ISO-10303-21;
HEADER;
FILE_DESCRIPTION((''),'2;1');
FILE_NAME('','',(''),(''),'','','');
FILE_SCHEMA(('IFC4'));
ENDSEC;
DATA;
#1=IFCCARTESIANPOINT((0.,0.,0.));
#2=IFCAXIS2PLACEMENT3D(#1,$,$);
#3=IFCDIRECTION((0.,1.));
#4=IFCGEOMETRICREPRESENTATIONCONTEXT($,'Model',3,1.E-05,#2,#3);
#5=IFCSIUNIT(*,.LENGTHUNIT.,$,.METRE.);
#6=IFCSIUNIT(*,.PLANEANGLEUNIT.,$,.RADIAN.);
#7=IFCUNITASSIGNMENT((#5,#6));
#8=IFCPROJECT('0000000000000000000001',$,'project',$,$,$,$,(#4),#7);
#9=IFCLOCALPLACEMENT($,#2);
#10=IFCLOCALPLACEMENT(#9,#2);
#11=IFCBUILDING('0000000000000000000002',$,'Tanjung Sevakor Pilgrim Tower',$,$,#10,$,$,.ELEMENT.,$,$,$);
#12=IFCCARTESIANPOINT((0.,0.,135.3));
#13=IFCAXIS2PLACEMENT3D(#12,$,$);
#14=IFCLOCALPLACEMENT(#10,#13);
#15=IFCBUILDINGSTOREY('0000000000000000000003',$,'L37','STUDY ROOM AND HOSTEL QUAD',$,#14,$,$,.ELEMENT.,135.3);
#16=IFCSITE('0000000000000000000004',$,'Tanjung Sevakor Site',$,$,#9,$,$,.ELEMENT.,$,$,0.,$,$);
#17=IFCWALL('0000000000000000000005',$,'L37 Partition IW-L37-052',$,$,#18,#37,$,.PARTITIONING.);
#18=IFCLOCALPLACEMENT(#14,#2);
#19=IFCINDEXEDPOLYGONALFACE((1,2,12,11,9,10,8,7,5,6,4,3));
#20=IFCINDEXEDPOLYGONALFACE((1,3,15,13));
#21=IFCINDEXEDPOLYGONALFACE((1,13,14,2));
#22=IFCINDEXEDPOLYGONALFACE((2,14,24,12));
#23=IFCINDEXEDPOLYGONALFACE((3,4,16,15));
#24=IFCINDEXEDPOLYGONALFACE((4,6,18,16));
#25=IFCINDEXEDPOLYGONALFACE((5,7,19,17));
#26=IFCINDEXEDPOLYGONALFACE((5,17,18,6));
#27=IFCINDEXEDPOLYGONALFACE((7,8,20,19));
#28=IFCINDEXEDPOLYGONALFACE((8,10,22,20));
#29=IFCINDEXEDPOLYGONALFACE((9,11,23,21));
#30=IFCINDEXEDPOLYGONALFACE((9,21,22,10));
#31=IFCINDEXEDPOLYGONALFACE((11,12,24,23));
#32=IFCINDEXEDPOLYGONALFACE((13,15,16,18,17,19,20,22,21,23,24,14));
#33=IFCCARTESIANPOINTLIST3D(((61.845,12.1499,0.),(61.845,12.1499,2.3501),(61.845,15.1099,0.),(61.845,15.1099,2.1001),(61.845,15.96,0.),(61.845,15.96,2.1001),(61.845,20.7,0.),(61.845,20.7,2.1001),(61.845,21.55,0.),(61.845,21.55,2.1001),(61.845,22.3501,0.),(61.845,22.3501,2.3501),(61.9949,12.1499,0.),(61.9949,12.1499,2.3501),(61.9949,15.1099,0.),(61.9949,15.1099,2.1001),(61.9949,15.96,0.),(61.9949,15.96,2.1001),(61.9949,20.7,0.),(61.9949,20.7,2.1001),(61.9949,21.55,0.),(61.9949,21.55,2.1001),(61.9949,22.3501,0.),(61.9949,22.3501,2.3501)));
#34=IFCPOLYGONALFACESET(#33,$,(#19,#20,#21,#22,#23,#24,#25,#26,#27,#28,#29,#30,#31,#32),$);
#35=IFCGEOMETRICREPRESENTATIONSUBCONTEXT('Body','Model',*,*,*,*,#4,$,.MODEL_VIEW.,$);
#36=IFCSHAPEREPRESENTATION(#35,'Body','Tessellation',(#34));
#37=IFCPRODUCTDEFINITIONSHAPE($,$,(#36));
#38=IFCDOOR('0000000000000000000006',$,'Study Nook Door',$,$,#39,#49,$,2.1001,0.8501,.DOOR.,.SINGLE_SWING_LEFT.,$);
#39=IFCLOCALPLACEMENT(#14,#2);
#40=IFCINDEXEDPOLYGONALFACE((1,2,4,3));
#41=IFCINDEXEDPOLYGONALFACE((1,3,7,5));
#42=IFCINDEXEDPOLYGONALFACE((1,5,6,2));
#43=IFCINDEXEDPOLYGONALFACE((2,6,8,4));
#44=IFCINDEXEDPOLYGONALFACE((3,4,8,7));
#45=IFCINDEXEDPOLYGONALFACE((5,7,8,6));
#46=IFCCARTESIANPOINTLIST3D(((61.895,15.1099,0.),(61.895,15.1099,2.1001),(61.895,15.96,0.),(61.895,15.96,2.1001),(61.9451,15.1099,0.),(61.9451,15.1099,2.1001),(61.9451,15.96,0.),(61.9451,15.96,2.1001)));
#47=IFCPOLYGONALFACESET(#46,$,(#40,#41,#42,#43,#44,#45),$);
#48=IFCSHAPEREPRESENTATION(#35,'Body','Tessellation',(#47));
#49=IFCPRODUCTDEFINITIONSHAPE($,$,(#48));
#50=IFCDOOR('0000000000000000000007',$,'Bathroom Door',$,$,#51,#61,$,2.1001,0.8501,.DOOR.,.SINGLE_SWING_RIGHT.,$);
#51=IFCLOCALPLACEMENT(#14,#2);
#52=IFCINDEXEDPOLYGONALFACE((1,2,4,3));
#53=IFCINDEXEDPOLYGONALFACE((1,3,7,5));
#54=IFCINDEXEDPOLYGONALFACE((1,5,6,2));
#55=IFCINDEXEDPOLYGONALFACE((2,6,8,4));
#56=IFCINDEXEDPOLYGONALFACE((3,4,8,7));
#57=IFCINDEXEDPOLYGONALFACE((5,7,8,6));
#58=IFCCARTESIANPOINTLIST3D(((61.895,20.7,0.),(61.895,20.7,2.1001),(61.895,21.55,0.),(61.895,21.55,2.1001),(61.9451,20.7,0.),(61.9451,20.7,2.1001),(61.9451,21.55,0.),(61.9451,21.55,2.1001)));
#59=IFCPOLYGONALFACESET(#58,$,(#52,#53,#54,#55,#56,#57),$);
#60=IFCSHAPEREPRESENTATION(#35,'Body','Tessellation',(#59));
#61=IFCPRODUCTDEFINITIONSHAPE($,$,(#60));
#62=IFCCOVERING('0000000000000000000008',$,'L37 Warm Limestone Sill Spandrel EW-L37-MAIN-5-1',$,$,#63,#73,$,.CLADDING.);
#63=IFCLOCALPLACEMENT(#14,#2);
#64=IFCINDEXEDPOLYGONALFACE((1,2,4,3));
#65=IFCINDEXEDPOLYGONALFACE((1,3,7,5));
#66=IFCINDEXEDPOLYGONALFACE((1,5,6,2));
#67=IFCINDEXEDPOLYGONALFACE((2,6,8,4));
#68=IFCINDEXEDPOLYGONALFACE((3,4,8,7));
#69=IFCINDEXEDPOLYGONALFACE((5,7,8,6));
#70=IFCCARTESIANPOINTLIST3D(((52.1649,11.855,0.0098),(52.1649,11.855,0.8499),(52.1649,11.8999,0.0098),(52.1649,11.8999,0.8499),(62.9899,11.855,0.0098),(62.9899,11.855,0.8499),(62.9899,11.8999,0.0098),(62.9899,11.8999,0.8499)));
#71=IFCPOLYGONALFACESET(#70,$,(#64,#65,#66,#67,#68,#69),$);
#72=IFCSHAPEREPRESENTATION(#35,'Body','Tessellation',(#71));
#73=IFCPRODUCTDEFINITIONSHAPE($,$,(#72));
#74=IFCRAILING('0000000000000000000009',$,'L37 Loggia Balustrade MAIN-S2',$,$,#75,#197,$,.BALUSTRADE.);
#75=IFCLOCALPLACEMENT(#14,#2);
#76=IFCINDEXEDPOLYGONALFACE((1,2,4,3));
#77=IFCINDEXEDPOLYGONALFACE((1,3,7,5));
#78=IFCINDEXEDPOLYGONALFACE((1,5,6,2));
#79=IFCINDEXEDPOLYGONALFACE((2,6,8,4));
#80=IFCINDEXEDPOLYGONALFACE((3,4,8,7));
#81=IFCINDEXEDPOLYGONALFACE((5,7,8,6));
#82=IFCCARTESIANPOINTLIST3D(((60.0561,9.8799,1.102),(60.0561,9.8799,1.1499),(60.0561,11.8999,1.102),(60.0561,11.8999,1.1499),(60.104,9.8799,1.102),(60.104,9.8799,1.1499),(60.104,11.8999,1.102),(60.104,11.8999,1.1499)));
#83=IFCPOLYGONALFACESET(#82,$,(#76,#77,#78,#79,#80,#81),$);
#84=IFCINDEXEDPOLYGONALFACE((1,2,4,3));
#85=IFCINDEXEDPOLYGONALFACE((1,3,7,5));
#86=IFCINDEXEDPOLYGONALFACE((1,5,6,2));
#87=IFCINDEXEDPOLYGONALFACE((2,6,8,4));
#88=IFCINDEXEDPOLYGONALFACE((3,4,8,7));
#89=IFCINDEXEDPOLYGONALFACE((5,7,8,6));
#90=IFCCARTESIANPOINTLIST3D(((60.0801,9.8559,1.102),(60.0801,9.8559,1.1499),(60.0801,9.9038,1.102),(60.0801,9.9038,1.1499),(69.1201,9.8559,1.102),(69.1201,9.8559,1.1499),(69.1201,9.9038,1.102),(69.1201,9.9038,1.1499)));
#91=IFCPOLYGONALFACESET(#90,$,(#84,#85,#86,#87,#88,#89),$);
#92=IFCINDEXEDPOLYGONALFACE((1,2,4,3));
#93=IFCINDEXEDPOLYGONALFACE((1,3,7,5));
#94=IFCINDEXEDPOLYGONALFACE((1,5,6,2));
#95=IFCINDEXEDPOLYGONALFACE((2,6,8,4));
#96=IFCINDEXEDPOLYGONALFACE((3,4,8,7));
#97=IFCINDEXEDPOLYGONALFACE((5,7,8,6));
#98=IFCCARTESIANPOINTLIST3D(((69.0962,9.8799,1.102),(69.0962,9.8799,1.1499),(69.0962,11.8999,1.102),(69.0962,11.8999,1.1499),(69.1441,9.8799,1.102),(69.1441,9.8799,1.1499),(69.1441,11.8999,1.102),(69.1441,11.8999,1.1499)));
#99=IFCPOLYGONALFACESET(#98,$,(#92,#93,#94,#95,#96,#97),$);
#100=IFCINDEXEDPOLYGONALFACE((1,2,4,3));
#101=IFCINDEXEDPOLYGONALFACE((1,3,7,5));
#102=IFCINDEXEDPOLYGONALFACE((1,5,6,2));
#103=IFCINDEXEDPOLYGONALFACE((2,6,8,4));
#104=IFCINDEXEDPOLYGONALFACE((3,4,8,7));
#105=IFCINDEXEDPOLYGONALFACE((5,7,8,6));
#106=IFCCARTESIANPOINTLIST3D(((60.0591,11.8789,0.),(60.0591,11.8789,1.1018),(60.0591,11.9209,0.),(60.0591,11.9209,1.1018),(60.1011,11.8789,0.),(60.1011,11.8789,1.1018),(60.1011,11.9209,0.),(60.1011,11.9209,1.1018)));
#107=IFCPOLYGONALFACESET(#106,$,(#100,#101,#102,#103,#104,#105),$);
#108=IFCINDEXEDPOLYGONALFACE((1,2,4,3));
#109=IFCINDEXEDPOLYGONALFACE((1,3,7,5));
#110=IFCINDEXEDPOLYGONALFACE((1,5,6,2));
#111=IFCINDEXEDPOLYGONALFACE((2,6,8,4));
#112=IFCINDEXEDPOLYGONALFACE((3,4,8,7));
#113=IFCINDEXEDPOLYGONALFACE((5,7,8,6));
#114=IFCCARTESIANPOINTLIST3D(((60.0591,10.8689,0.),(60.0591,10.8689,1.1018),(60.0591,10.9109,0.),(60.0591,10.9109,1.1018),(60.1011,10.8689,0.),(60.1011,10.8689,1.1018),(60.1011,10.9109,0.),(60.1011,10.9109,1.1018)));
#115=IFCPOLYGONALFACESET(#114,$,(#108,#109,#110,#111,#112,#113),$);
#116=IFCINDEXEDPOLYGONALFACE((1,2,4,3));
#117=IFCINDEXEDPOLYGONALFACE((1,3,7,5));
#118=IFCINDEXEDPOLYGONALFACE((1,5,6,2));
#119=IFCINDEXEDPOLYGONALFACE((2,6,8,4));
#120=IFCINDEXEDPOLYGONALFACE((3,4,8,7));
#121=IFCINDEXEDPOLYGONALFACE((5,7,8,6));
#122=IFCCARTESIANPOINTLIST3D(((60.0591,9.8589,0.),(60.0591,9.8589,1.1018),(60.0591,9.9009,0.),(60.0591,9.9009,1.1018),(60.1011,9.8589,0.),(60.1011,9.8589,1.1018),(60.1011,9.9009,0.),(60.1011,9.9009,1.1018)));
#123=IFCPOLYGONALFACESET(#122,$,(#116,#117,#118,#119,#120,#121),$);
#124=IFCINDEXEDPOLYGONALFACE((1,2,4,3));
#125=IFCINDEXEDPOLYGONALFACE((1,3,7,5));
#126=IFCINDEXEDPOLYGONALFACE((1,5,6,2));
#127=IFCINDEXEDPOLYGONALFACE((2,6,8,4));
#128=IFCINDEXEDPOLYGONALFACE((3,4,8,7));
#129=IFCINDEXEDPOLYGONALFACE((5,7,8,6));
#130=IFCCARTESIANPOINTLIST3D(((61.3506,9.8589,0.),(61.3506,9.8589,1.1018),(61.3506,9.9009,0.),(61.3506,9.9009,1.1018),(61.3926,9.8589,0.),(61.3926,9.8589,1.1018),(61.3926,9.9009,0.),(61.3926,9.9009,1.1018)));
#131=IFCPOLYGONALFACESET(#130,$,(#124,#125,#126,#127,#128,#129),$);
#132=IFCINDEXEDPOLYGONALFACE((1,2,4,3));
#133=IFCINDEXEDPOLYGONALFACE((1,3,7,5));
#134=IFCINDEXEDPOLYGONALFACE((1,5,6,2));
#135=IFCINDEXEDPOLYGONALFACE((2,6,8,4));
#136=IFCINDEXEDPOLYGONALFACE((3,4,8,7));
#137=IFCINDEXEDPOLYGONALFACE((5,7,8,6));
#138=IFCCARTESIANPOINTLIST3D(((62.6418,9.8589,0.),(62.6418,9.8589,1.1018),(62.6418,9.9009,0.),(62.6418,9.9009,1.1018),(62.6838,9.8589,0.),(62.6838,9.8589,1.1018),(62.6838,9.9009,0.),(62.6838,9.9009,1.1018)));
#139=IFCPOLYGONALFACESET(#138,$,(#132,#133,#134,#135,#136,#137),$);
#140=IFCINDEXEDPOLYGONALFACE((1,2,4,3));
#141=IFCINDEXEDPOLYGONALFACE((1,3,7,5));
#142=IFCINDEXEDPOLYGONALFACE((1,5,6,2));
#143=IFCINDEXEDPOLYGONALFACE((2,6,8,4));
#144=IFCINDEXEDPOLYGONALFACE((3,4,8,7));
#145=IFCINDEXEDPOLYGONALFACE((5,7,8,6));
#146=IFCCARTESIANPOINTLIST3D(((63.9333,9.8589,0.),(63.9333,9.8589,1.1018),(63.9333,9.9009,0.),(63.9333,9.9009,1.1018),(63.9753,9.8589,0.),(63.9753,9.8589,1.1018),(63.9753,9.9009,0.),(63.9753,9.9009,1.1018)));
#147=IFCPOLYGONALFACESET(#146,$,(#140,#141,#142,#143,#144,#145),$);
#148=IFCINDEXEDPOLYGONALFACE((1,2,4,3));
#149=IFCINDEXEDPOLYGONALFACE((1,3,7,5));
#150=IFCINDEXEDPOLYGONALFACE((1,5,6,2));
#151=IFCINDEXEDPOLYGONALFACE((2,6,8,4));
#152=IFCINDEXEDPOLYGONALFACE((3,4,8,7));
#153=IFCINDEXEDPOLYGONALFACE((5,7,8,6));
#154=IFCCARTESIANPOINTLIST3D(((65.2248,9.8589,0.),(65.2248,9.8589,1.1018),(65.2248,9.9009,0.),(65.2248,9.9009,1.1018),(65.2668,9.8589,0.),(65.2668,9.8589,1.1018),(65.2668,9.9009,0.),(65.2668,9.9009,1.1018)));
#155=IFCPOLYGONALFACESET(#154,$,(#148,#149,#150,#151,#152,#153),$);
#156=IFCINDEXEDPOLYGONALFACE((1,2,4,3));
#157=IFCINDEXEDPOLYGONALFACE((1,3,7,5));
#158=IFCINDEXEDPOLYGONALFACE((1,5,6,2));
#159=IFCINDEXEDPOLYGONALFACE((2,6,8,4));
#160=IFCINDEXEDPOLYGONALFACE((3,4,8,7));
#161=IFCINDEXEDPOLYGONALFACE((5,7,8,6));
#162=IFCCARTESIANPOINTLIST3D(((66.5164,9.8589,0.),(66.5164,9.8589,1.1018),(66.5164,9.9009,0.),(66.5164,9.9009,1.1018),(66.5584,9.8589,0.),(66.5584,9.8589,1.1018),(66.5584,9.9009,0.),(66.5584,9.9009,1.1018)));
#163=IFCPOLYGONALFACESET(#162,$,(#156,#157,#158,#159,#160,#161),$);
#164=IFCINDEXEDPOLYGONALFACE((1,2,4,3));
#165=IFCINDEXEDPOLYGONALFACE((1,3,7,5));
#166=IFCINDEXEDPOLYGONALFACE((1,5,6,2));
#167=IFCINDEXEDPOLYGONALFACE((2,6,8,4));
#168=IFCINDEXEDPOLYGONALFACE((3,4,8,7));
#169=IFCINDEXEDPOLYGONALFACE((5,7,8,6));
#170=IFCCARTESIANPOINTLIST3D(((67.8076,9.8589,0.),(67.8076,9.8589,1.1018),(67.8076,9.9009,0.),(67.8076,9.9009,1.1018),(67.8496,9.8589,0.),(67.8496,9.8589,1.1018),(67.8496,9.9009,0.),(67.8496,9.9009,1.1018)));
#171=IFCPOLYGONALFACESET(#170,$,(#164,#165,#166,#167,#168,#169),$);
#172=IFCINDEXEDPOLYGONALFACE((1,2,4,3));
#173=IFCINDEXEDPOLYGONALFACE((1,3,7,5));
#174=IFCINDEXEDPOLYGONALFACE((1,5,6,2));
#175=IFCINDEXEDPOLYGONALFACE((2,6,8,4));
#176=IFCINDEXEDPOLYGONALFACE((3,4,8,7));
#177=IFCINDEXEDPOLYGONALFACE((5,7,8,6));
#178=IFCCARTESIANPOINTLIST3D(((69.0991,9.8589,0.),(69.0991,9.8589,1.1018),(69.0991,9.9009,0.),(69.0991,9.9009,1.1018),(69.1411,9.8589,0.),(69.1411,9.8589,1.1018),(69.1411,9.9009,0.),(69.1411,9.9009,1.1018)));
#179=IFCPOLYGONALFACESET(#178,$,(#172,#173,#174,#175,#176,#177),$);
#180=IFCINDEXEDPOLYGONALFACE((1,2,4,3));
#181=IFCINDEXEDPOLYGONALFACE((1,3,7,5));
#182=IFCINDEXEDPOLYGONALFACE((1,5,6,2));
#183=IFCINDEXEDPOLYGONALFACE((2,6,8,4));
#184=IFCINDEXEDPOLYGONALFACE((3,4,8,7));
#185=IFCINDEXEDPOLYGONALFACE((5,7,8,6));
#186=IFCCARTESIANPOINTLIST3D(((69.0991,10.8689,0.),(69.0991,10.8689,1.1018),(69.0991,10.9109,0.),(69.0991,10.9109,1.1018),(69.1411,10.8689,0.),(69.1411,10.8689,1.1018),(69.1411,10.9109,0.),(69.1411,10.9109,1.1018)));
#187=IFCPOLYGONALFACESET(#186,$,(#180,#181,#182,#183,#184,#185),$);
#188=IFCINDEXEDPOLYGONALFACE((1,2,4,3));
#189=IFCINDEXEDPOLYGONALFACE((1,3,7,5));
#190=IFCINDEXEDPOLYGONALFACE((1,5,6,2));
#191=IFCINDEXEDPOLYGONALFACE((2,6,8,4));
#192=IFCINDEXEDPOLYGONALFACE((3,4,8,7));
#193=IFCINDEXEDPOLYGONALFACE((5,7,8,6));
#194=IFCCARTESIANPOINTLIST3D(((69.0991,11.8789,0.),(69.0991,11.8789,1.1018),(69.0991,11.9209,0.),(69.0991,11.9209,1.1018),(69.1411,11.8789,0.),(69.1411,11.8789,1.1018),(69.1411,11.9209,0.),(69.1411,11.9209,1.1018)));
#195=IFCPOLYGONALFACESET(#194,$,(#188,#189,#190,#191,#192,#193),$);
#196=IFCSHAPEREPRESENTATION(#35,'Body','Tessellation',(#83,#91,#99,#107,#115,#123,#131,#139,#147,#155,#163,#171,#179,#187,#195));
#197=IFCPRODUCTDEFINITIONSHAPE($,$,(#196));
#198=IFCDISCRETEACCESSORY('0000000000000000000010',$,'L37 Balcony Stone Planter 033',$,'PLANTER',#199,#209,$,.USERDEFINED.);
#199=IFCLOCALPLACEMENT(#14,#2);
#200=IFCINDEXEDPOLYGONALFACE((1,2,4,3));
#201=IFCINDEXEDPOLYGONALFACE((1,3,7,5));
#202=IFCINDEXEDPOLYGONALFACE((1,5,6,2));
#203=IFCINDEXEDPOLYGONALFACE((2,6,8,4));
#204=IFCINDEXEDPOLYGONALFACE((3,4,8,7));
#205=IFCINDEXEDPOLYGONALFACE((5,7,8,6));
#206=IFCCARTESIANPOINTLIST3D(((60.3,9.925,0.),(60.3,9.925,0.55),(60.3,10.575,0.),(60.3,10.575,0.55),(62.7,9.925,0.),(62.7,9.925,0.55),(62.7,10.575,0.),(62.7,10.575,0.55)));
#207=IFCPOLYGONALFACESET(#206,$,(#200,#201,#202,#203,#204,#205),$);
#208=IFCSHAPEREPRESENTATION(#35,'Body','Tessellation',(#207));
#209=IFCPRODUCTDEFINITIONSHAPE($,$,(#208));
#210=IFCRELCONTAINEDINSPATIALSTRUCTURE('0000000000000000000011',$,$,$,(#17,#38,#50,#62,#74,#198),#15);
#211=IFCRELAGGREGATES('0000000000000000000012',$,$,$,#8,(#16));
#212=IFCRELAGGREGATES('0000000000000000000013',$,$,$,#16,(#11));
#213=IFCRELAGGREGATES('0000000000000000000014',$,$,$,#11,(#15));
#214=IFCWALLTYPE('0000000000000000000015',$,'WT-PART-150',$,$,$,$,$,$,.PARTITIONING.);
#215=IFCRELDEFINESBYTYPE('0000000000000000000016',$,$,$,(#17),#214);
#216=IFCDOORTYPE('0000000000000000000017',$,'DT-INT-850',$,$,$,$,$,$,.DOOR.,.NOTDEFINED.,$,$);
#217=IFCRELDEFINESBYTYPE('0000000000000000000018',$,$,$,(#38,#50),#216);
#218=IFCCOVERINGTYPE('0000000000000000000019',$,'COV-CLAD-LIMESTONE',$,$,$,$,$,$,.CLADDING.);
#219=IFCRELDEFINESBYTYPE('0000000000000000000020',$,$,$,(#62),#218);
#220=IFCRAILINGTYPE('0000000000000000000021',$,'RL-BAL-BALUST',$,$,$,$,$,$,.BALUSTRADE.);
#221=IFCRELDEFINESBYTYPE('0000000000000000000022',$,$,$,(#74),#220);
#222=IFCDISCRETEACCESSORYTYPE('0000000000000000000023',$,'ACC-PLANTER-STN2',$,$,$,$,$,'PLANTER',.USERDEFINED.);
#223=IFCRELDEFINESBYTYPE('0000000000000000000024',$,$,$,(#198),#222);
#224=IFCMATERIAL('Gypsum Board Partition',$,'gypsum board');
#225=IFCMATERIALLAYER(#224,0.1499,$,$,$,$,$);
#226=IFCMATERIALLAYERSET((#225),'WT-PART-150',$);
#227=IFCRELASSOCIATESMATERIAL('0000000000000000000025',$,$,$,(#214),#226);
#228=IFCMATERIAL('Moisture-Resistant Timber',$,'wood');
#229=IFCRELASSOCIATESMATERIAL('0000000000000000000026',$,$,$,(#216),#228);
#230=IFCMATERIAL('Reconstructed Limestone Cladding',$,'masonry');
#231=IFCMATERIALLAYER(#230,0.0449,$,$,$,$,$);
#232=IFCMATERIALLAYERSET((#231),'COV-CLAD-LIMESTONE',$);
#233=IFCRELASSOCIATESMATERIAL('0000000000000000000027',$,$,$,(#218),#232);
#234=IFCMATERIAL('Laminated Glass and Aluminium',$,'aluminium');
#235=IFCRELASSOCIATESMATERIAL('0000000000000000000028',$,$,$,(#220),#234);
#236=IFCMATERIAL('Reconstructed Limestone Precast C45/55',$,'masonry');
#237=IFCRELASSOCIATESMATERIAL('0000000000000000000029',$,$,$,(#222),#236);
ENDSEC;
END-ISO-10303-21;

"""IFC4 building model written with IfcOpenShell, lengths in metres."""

from ifc_helpers import new_model, si_unit, direction, frame, frame_2d, origin, origin_2d, place, context, subcontext, project, spatial, rectangle, extrude, material, layer, layer_set, type_object, element, fill, save


model = new_model("IFC4")

# Units and contexts
model_context = context("Model", 3, precision=1e-05, world=origin(), true_north=direction((0.0, 1.0)))
body_context = subcontext(model_context, "Body", "Model", "MODEL_VIEW")
ifc_project = project(units=[si_unit("LENGTHUNIT", "METRE"), si_unit("PLANEANGLEUNIT", "RADIAN")], contexts=[model_context])

# Site, building, storey
site_placement = place(None, origin())
site = spatial("IfcSite", under=ifc_project, at=site_placement, Name="Tanjung Sevakor Site", CompositionType="ELEMENT", RefElevation=0.0)
building_placement = place(site_placement, origin())
building = spatial("IfcBuilding", under=site, at=building_placement, Name="Tanjung Sevakor Pilgrim Tower", CompositionType="ELEMENT")
storey_placement = place(building_placement, frame((0.0, 0.0, 135.3)))
storey = spatial("IfcBuildingStorey", under=building, at=storey_placement, Name="L37", Description="STUDY ROOM AND HOSTEL QUAD", CompositionType="ELEMENT", Elevation=135.3)

# Shared definitions
ifc_material_1 = material(Name="Gypsum Board Partition", Category="gypsum board")
ifc_layer_1 = layer(ifc_material_1, 0.1499)
ifc_layer_set_1 = layer_set([ifc_layer_1], Name="WT-PART-150")
wall_type_1 = type_object("IfcWallType", Name="WT-PART-150", PredefinedType="PARTITIONING", material=ifc_layer_set_1)

# Wall, openings, doors
wall_1_placement = place(storey_placement, frame((61.9199, 12.1499, 0.0), z_axis=(0.0, 0.0, 1.0), x_axis=(0.0, 1.0, 0.0)))
wall_1 = element("IfcWall", 1, at=wall_1_placement, inside=storey, type_object=wall_type_1, Name="L37 Partition IW-L37-052", PredefinedType="PARTITIONING", context=body_context, shape_type="SweptSolid", body=[
    extrude(rectangle(XDim=10.2002, YDim=0.1499, at=frame_2d((5.1001, 0.0))), origin(), (0.0, 0.0, 1.0), 2.3501),
])
opening_1_placement = place(wall_1_placement, frame((2.96, 0.0, 0.0)))
opening_1 = element("IfcOpeningElement", 2, at=opening_1_placement, cuts=wall_1, PredefinedType="OPENING", context=body_context, shape_type="SweptSolid", body=[
    extrude(rectangle(XDim=0.8501, YDim=2.1001, at=frame_2d((0.425, 1.05))), frame((0.0, 0.085, 0.0), z_axis=(0.0, -1.0, 0.0), x_axis=(1.0, 0.0, 0.0)), (0.0, 0.0, 1.0), 0.1699),
])
opening_2_placement = place(wall_1_placement, frame((8.55, 0.0, 0.0)))
opening_2 = element("IfcOpeningElement", 3, at=opening_2_placement, cuts=wall_1, PredefinedType="OPENING", context=body_context, shape_type="SweptSolid", body=[
    extrude(rectangle(XDim=0.8501, YDim=2.1001, at=frame_2d((0.425, 1.05))), frame((0.0, 0.085, 0.0), z_axis=(0.0, -1.0, 0.0), x_axis=(1.0, 0.0, 0.0)), (0.0, 0.0, 1.0), 0.1699),
])
ifc_material_2 = material(Name="Moisture-Resistant Timber", Category="wood")
door_type_1 = type_object("IfcDoorType", Name="DT-INT-850", OperationType="NOTDEFINED", PredefinedType="DOOR", material=ifc_material_2)
door_1_placement = place(opening_1_placement, origin())
door_1 = element("IfcDoor", 4, at=door_1_placement, inside=storey, type_object=door_type_1, Name="Study Nook Door", OperationType="SINGLE_SWING_LEFT", OverallHeight=2.1001, OverallWidth=0.8501, PredefinedType="DOOR", context=body_context, shape_type="SweptSolid", body=[
    extrude(rectangle(XDim=0.8501, YDim=2.1001, at=frame_2d((0.425, 1.05))), frame((0.0, 0.0249, 0.0), z_axis=(0.0, -1.0, 0.0), x_axis=(1.0, 0.0, 0.0)), (0.0, 0.0, 1.0), 0.05),
])
fill(opening_1, door_1)
door_2_placement = place(opening_2_placement, origin())
door_2 = element("IfcDoor", 5, at=door_2_placement, inside=storey, type_object=door_type_1, Name="Bathroom Door", OperationType="SINGLE_SWING_RIGHT", OverallHeight=2.1001, OverallWidth=0.8501, PredefinedType="DOOR", context=body_context, shape_type="SweptSolid", body=[
    extrude(rectangle(XDim=0.8501, YDim=2.1001, at=frame_2d((0.425, 1.05))), frame((0.0, 0.0249, 0.0), z_axis=(0.0, -1.0, 0.0), x_axis=(1.0, 0.0, 0.0)), (0.0, 0.0, 1.0), 0.05),
])
fill(opening_2, door_2)

# Covering
ifc_material_3 = material(Name="Reconstructed Limestone Cladding", Category="masonry")
ifc_layer_2 = layer(ifc_material_3, 0.0449)
ifc_layer_set_2 = layer_set([ifc_layer_2], Name="COV-CLAD-LIMESTONE")
covering_type = type_object("IfcCoveringType", Name="COV-CLAD-LIMESTONE", PredefinedType="CLADDING", material=ifc_layer_set_2)
covering_placement = place(storey_placement, frame((57.5774, 11.8774, 0.0098), z_axis=(0.0, 0.0, 1.0), x_axis=(1.0, 0.0, 0.0)))
element("IfcCovering", 6, at=covering_placement, inside=storey, type_object=covering_type, Name="L37 Warm Limestone Sill Spandrel EW-L37-MAIN-5-1", PredefinedType="CLADDING", context=body_context, shape_type="SweptSolid", body=[
    extrude(rectangle(XDim=10.825, YDim=0.0449, at=origin_2d()), origin(), (0.0, 0.0, 1.0), 0.8401),
])

# Railing
ifc_material_4 = material(Name="Laminated Glass and Aluminium", Category="aluminium")
railing_type = type_object("IfcRailingType", Name="RL-BAL-BALUST", PredefinedType="BALUSTRADE", material=ifc_material_4)
railing_placement = place(storey_placement, frame((60.0801, 11.8999, 0.0)))
element("IfcRailing", 7, at=railing_placement, inside=storey, type_object=railing_type, Name="L37 Loggia Balustrade MAIN-S2", PredefinedType="BALUSTRADE", context=body_context, shape_type="SweptSolid", body=[
    extrude(rectangle(XDim=0.0479, YDim=0.0479), frame((0.0, 0.0, 1.126), z_axis=(0.0, -1.0, 0.0), x_axis=(1.0, 0.0, 0.0)), (0.0, 0.0, 1.0), 2.02),
    extrude(rectangle(XDim=0.0479, YDim=0.0479), frame((0.0, -2.02, 1.126), z_axis=(1.0, 0.0, 0.0), x_axis=(0.0, 1.0, 0.0)), (0.0, 0.0, 1.0), 9.04),
    extrude(rectangle(XDim=0.0479, YDim=0.0479), frame((9.04, -2.02, 1.126), z_axis=(0.0, 1.0, 0.0), x_axis=(-1.0, 0.0, 0.0)), (0.0, 0.0, 1.0), 2.02),
    extrude(rectangle(XDim=0.042, YDim=0.042), origin(), (0.0, 0.0, 1.0), 1.1018),
    extrude(rectangle(XDim=0.042, YDim=0.042), frame((0.0, -1.01, 0.0)), (0.0, 0.0, 1.0), 1.1018),
    extrude(rectangle(XDim=0.042, YDim=0.042), frame((0.0, -2.02, 0.0)), (0.0, 0.0, 1.0), 1.1018),
    extrude(rectangle(XDim=0.042, YDim=0.042), frame((1.2915, -2.02, 0.0)), (0.0, 0.0, 1.0), 1.1018),
    extrude(rectangle(XDim=0.042, YDim=0.042), frame((2.5828, -2.02, 0.0)), (0.0, 0.0, 1.0), 1.1018),
    extrude(rectangle(XDim=0.042, YDim=0.042), frame((3.8743, -2.02, 0.0)), (0.0, 0.0, 1.0), 1.1018),
    extrude(rectangle(XDim=0.042, YDim=0.042), frame((5.1658, -2.02, 0.0)), (0.0, 0.0, 1.0), 1.1018),
    extrude(rectangle(XDim=0.042, YDim=0.042), frame((6.4573, -2.02, 0.0)), (0.0, 0.0, 1.0), 1.1018),
    extrude(rectangle(XDim=0.042, YDim=0.042), frame((7.7485, -2.02, 0.0)), (0.0, 0.0, 1.0), 1.1018),
    extrude(rectangle(XDim=0.042, YDim=0.042), frame((9.04, -2.02, 0.0)), (0.0, 0.0, 1.0), 1.1018),
    extrude(rectangle(XDim=0.042, YDim=0.042), frame((9.04, -1.01, 0.0)), (0.0, 0.0, 1.0), 1.1018),
    extrude(rectangle(XDim=0.042, YDim=0.042), frame((9.04, 0.0, 0.0)), (0.0, 0.0, 1.0), 1.1018),
])

# Discrete accessory
ifc_material_5 = material(Name="Reconstructed Limestone Precast C45/55", Category="masonry")
discrete_accessory_type = type_object("IfcDiscreteAccessoryType", Name="ACC-PLANTER-STN2", ElementType="PLANTER", PredefinedType="USERDEFINED", material=ifc_material_5)
discrete_accessory_placement = place(storey_placement, frame((61.5, 10.25, 0.0), z_axis=(0.0, 0.0, 1.0), x_axis=(1.0, 0.0, 0.0)))
element("IfcDiscreteAccessory", 8, at=discrete_accessory_placement, inside=storey, type_object=discrete_accessory_type, Name="L37 Balcony Stone Planter 033", ObjectType="PLANTER", PredefinedType="USERDEFINED", context=body_context, shape_type="SweptSolid", body=[
    extrude(rectangle(XDim=2.3999, YDim=0.6499, at=origin_2d()), origin(), (0.0, 0.0, 1.0), 0.55),
])

save(model, "model.ifc")
